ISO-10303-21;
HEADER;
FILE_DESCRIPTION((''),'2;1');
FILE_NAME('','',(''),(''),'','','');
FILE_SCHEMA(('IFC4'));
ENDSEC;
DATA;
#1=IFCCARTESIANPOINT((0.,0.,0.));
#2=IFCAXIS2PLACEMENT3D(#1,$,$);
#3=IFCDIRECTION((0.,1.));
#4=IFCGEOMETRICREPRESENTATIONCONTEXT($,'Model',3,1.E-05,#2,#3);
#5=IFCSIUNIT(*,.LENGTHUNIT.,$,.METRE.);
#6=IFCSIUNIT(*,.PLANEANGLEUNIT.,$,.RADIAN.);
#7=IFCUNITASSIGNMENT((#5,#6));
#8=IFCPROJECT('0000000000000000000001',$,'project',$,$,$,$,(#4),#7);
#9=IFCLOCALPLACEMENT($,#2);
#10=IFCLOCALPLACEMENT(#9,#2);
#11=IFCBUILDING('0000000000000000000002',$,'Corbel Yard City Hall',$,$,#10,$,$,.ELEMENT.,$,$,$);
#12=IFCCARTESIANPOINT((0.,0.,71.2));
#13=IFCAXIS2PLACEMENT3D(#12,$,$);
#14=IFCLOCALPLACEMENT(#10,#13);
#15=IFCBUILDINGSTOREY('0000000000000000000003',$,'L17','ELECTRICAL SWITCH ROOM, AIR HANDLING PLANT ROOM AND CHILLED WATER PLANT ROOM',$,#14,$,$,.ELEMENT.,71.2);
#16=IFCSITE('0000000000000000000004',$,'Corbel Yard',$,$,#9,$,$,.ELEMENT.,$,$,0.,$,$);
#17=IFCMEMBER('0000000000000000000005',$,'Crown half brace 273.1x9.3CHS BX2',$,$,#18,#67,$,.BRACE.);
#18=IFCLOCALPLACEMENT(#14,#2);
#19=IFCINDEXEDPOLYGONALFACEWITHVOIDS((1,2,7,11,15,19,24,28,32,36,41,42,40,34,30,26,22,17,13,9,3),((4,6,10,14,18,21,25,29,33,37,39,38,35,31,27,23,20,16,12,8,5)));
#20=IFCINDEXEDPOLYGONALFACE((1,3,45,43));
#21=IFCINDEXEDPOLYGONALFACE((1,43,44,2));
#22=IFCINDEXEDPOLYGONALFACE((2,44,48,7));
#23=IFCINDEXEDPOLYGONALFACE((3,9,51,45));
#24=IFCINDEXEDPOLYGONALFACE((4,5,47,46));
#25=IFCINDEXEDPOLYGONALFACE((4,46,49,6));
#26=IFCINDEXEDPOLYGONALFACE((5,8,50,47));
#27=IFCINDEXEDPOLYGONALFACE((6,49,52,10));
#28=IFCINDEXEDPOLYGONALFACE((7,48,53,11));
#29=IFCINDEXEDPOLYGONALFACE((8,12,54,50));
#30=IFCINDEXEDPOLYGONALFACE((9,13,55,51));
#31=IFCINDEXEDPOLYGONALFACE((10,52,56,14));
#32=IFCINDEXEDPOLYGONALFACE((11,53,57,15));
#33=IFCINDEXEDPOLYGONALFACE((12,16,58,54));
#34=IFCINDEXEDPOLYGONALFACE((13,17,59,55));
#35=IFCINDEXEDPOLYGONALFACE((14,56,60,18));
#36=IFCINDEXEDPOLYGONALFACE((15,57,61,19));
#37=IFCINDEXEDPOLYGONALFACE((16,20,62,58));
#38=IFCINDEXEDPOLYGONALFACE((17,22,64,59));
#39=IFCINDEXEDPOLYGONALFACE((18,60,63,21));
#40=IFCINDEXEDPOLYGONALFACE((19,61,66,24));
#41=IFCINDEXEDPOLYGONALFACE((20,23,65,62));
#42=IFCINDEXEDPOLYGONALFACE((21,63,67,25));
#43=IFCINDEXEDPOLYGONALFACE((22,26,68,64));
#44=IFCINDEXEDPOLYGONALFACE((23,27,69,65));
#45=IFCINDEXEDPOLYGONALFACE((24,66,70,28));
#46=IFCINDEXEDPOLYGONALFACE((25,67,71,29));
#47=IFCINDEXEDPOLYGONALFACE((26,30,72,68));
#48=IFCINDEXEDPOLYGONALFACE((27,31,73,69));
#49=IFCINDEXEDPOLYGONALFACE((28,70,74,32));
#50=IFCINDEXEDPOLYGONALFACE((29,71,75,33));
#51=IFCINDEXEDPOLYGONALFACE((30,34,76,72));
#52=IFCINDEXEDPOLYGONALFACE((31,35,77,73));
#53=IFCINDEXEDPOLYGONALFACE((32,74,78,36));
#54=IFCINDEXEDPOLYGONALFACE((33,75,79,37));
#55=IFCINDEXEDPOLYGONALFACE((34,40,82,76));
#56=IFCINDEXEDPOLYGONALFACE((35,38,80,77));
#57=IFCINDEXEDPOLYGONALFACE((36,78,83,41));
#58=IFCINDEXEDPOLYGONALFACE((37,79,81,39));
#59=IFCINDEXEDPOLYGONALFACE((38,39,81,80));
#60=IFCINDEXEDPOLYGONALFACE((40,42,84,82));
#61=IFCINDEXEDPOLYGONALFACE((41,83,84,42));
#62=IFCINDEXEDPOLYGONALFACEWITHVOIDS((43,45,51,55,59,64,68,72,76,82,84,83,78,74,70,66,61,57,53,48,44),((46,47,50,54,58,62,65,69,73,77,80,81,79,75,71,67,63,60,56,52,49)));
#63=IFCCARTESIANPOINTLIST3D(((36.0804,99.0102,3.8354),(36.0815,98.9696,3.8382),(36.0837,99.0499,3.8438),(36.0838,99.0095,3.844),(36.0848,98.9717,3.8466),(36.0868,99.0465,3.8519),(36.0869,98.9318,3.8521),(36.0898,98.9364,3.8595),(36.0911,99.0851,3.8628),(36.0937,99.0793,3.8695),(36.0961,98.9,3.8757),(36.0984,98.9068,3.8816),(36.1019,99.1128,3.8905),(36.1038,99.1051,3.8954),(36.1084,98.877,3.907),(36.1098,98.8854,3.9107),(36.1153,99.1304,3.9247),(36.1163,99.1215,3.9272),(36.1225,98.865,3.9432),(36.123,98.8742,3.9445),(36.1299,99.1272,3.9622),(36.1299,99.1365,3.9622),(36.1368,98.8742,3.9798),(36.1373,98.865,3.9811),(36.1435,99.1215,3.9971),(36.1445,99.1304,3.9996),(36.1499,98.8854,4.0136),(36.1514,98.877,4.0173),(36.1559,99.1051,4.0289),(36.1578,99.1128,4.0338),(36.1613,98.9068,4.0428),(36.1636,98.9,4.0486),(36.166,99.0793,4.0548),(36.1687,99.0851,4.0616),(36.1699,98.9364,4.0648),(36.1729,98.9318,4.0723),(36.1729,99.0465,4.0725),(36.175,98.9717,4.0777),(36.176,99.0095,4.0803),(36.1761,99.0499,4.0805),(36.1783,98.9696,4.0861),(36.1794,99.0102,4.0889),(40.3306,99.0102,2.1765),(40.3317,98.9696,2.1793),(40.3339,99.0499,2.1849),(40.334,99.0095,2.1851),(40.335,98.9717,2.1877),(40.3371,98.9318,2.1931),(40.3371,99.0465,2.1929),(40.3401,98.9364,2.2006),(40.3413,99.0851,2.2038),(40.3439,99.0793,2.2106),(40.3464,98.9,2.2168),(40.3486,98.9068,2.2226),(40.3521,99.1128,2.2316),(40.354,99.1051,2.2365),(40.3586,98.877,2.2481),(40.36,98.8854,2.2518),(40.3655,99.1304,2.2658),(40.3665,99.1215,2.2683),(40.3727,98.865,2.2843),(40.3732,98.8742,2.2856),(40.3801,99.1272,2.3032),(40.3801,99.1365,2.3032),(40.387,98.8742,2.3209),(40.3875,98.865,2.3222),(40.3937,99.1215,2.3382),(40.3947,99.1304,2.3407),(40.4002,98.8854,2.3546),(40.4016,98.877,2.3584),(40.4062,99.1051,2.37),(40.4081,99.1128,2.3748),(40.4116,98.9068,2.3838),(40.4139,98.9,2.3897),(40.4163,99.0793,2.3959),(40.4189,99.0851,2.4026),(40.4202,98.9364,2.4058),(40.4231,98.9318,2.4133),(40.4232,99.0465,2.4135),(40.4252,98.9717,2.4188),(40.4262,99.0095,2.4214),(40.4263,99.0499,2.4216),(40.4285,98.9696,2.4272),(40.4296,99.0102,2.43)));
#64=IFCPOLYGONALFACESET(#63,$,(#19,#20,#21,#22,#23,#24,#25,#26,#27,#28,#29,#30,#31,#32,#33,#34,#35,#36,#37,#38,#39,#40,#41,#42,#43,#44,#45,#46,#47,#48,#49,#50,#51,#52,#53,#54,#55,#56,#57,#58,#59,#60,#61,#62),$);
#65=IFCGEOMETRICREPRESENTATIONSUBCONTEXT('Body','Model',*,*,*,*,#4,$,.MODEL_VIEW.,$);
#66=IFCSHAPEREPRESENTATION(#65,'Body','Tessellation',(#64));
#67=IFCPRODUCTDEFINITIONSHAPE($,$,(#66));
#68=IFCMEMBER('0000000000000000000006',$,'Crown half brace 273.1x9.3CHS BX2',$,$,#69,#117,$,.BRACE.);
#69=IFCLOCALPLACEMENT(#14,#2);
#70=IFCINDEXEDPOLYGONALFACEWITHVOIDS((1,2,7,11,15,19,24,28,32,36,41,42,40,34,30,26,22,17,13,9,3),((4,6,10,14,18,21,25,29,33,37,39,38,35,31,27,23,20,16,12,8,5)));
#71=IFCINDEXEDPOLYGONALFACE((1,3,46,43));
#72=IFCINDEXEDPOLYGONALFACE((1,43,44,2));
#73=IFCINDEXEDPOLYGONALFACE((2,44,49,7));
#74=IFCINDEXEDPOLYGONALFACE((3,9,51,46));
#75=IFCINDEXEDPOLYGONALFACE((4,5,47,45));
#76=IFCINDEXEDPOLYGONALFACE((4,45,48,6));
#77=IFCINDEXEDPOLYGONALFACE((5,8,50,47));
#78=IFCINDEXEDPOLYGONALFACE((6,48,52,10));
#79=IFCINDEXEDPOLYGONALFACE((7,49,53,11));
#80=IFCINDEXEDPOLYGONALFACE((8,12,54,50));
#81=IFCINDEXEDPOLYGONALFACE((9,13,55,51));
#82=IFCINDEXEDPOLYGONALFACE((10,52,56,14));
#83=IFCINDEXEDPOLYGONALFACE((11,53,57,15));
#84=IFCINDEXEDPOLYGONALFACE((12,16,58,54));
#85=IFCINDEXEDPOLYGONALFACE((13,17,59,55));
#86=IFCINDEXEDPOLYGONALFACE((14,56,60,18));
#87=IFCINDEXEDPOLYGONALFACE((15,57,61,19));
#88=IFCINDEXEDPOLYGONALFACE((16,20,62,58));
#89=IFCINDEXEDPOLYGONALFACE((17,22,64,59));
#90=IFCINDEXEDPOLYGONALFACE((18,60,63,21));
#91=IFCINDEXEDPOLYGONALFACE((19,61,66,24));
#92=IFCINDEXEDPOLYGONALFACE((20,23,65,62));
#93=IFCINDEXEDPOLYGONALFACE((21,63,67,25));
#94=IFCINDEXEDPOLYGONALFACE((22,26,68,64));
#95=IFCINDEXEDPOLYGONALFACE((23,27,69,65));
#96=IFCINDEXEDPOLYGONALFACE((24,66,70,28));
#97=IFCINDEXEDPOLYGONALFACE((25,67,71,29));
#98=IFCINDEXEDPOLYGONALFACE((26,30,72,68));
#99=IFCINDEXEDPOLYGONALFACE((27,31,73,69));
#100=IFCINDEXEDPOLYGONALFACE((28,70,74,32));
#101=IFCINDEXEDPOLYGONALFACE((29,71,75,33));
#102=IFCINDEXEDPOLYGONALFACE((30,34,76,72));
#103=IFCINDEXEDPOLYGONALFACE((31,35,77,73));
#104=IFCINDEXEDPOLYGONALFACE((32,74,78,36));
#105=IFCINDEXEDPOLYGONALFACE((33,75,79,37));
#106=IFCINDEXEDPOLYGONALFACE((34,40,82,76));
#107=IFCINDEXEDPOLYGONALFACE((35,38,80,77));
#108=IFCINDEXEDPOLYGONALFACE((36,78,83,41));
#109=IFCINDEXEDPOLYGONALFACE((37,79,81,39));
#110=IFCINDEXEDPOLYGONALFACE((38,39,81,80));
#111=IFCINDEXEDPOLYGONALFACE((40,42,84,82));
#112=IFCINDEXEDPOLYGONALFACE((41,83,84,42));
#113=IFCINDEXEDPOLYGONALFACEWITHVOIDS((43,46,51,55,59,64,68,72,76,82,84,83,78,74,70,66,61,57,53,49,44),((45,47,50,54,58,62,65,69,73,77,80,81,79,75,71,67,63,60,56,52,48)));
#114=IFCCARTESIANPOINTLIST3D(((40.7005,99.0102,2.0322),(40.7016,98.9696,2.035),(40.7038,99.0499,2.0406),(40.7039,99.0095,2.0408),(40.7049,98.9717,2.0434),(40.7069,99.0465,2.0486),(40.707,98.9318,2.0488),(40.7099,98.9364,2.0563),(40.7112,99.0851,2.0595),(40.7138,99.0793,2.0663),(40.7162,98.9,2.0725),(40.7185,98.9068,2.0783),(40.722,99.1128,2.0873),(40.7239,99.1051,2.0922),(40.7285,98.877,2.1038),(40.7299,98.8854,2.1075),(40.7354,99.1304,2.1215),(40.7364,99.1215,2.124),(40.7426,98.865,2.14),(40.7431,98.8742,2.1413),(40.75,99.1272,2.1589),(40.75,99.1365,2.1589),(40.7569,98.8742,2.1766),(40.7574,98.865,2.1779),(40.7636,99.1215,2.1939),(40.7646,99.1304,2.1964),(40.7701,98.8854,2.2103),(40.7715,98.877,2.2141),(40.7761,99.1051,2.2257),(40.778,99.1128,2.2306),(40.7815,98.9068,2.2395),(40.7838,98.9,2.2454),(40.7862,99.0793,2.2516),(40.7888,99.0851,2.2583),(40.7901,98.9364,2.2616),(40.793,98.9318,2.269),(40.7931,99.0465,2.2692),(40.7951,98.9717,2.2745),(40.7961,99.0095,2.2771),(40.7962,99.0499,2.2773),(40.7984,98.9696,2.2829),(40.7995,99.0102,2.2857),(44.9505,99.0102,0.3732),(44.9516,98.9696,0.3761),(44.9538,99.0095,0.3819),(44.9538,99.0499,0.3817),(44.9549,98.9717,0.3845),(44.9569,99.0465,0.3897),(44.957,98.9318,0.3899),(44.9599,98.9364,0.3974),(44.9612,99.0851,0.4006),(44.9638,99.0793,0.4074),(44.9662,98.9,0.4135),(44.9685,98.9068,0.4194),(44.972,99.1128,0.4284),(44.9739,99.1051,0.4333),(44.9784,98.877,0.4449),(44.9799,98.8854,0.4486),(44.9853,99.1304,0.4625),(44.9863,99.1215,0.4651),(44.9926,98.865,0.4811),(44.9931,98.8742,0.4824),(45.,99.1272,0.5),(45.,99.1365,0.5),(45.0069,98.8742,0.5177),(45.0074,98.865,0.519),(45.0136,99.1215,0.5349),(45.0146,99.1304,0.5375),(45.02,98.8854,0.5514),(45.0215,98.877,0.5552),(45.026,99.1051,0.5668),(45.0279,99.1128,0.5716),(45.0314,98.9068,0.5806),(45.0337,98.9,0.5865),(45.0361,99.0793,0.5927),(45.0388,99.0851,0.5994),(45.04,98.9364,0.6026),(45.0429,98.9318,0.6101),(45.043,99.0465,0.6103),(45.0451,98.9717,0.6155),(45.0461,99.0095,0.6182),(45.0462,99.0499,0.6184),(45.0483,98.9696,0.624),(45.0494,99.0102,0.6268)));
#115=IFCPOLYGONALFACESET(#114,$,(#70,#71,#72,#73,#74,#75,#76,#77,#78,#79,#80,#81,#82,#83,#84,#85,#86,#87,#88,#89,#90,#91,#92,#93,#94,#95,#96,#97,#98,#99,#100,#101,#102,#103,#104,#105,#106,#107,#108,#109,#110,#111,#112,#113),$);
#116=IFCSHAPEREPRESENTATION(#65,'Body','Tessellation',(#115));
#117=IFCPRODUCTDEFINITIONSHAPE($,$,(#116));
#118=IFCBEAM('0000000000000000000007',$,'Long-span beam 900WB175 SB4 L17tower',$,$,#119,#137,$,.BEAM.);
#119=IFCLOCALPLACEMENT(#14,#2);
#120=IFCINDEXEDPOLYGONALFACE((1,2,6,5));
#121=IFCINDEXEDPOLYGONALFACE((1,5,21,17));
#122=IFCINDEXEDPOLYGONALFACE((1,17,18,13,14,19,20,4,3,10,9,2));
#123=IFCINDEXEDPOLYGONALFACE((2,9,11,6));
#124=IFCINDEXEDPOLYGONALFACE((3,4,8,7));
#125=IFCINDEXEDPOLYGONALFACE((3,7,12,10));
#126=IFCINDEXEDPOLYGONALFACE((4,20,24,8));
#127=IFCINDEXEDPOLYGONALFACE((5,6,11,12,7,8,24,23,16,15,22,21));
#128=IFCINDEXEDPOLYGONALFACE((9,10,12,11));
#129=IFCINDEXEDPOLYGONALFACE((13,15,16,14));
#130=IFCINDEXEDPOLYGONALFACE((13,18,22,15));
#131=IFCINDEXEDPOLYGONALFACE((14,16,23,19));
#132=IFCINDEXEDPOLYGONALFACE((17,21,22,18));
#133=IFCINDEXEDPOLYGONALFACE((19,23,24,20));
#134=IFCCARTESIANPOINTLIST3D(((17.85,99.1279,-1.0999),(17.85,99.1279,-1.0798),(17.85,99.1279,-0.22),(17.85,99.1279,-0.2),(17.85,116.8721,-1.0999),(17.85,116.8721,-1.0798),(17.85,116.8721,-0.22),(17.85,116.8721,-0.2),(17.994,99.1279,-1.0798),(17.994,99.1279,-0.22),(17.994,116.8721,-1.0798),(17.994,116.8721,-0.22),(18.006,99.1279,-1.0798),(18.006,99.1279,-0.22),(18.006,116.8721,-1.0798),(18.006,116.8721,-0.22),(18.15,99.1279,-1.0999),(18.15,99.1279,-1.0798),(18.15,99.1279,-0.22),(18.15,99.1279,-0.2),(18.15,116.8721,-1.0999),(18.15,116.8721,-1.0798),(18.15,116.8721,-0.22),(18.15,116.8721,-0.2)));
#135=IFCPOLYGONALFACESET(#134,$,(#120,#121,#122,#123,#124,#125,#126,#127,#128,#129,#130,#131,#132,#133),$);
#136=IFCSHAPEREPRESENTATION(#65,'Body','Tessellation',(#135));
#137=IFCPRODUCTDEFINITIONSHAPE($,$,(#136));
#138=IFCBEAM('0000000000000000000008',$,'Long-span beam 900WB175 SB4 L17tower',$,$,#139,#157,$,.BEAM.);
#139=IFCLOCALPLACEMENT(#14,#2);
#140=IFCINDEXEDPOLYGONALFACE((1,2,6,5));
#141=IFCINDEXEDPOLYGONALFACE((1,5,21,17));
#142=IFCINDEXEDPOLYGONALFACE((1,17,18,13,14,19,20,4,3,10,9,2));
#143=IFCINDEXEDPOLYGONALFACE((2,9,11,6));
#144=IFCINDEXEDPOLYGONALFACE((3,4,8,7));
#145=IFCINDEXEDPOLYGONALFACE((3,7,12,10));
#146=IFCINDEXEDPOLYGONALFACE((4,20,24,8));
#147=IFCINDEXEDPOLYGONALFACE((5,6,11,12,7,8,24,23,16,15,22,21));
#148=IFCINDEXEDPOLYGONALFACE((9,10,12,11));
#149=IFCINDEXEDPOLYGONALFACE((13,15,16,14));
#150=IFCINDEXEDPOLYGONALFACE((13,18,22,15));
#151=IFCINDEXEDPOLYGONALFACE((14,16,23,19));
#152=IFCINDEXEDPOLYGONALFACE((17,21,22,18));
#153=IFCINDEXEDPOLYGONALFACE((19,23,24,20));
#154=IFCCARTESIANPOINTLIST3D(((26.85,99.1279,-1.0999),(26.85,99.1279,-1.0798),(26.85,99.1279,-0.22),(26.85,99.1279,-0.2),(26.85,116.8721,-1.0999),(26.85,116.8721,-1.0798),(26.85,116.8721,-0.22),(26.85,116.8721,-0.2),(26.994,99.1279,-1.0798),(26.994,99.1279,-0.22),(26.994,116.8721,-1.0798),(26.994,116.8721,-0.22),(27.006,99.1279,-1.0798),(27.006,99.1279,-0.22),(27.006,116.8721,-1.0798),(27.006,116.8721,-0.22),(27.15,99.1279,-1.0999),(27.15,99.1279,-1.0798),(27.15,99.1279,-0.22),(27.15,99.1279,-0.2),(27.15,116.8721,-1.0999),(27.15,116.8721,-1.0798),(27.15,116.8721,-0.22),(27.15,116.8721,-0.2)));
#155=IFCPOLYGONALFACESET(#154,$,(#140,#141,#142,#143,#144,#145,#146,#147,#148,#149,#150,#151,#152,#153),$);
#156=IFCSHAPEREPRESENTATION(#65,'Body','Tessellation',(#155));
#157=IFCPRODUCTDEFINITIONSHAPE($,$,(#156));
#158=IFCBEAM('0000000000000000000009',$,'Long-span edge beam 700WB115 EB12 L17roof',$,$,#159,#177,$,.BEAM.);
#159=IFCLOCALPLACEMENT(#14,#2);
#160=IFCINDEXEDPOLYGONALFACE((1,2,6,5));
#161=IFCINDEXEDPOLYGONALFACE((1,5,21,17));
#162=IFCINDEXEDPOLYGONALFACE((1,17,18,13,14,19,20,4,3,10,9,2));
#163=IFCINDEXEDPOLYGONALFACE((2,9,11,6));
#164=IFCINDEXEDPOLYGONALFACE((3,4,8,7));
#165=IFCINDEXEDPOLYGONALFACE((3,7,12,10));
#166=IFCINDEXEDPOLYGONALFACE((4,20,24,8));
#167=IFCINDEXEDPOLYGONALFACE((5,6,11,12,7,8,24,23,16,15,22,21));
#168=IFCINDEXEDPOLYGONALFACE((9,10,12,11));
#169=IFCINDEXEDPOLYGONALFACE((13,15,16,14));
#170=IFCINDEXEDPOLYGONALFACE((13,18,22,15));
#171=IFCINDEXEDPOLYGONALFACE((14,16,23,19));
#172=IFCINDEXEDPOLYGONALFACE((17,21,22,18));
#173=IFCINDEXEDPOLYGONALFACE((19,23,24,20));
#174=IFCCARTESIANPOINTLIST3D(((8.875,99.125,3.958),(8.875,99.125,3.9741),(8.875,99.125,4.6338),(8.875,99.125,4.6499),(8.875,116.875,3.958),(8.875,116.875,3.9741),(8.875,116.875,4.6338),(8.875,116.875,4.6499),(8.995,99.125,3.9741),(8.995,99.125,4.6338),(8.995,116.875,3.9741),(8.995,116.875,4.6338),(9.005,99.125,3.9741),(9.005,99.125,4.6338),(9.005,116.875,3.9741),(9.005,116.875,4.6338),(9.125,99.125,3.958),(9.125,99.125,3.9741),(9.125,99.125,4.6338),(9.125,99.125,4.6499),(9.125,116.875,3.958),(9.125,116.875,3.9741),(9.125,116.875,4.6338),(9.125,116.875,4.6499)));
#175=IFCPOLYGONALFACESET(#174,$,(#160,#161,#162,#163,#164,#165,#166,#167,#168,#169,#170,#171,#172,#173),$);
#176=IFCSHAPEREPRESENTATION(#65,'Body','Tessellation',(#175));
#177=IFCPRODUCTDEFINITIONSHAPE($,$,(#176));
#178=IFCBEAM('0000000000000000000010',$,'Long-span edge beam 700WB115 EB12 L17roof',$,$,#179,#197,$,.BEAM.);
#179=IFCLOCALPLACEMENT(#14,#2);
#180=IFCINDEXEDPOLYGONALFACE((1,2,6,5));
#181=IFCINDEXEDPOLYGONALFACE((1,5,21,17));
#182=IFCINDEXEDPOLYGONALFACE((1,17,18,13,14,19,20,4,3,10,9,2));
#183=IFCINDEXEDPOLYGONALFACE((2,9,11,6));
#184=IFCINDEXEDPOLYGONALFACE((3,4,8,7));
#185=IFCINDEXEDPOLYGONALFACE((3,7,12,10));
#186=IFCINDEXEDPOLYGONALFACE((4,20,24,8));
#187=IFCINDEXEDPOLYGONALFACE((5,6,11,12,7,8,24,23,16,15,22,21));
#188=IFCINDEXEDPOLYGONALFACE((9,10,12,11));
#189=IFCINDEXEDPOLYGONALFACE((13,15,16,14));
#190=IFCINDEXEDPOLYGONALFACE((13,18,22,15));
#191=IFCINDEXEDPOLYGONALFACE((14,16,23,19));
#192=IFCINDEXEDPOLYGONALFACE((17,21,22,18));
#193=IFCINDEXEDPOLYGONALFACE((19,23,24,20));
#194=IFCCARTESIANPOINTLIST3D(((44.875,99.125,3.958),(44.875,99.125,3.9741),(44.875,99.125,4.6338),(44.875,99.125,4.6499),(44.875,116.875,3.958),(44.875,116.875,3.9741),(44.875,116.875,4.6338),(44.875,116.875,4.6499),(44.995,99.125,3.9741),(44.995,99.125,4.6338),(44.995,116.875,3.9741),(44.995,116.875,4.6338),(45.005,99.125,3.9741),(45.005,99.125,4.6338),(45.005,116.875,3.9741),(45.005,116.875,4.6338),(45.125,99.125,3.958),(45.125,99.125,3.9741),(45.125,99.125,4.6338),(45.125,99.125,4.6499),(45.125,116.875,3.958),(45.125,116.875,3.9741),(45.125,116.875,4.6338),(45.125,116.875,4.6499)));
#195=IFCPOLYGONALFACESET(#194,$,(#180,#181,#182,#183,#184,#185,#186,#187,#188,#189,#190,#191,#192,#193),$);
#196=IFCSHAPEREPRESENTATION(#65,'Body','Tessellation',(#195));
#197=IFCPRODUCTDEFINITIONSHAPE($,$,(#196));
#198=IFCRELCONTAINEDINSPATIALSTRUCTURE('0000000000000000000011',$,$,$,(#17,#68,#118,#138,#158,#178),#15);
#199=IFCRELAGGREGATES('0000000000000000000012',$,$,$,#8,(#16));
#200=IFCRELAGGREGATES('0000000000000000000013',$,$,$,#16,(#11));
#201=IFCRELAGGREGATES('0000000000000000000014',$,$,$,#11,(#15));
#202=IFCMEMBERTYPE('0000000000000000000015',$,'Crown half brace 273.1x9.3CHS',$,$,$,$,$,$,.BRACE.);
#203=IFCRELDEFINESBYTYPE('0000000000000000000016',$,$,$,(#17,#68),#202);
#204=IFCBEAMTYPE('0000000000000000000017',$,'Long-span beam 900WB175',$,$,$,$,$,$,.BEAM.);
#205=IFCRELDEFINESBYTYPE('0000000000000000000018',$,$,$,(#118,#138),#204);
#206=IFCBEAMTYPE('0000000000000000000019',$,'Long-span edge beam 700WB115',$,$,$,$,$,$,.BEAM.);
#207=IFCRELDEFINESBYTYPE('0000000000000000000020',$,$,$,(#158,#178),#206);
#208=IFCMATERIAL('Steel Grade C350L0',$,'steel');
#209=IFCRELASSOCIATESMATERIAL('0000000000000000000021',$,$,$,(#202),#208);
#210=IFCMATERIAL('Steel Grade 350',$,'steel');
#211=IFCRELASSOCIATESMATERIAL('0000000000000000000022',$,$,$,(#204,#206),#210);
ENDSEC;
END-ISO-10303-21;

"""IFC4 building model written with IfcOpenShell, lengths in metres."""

from ifc_helpers import new_model, si_unit, direction, frame, origin, origin_2d, place, context, subcontext, project, spatial, hollow_circle, i_section, extrude, material, material_profile, profile_set, type_object, element, save


model = new_model("IFC4")

# Units and contexts
model_context = context("Model", 3, precision=1e-05, world=origin(), true_north=direction((0.0, 1.0)))
body_context = subcontext(model_context, "Body", "Model", "MODEL_VIEW")
ifc_project = project(units=[si_unit("LENGTHUNIT", "METRE"), si_unit("PLANEANGLEUNIT", "RADIAN")], contexts=[model_context])

# Site, building, storey
site_placement = place(None, origin())
site = spatial("IfcSite", under=ifc_project, at=site_placement, Name="Corbel Yard", CompositionType="ELEMENT", RefElevation=0.0)
building_placement = place(site_placement, origin())
building = spatial("IfcBuilding", under=site, at=building_placement, Name="Corbel Yard City Hall", CompositionType="ELEMENT")
storey_placement = place(building_placement, frame((0.0, 0.0, 71.2)))
storey = spatial("IfcBuildingStorey", under=building, at=storey_placement, Name="L17", Description="ELECTRICAL SWITCH ROOM, AIR HANDLING PLANT ROOM AND CHILLED WATER PLANT ROOM", CompositionType="ELEMENT", Elevation=71.2)

# Members
ifc_material_1 = material(Name="Steel Grade C350L0", Category="steel")
ifc_material_profile_1 = material_profile(ifc_material_1, hollow_circle(Radius=0.1365, WallThickness=0.0093, at=origin_2d()), Name="273.1x9.3CHS")
ifc_profile_set_1 = profile_set([ifc_material_profile_1], Name="Steel Grade C350L0")
member_type_1 = type_object("IfcMemberType", Name="Crown half brace 273.1x9.3CHS", PredefinedType="BRACE", material=ifc_profile_set_1)
member_1_placement = place(storey_placement, frame((36.1299, 99.0, 3.9622), z_axis=(0.931555, 0.0, -0.3636), x_axis=(0.0, 1.0, 0.0)))
element("IfcMember", 1, at=member_1_placement, inside=storey, type_object=member_type_1, Name="Crown half brace 273.1x9.3CHS BX2", PredefinedType="BRACE", context=body_context, shape_type="SweptSolid", body=[
    extrude(hollow_circle(Radius=0.1365, WallThickness=0.0093, at=origin_2d()), origin(), (0.0, 0.0, 1.0), 4.5625),
])
member_2_placement = place(storey_placement, frame((40.75, 99.0, 2.1589), z_axis=(0.931548, 0.0, -0.363618), x_axis=(0.0, 1.0, 0.0)))
element("IfcMember", 2, at=member_2_placement, inside=storey, type_object=member_type_1, Name="Crown half brace 273.1x9.3CHS BX2", PredefinedType="BRACE", context=body_context, shape_type="SweptSolid", body=[
    extrude(hollow_circle(Radius=0.1365, WallThickness=0.0093, at=origin_2d()), origin(), (0.0, 0.0, 1.0), 4.5623),
])

# Beams
ifc_material_2 = material(Name="Steel Grade 350", Category="steel")
ifc_material_profile_2 = material_profile(ifc_material_2, i_section(OverallWidth=0.3, OverallDepth=0.8999, WebThickness=0.012, FlangeThickness=0.02, at=origin_2d()), Name="900WB175")
ifc_profile_set_2 = profile_set([ifc_material_profile_2], Name="Steel Grade 350")
beam_type_1 = type_object("IfcBeamType", Name="Long-span beam 900WB175", PredefinedType="BEAM", material=ifc_profile_set_2)
for number, where, z_axis, x_axis, name in (
    (3, (18.0, 99.1279, -0.6499), (0.0, 1.0, 0.0), (-1.0, 0.0, 0.0), "Long-span beam 900WB175 SB4 L17tower"),
    (4, (27.0, 99.1279, -0.6499), (0.0, 1.0, 0.0), (-1.0, 0.0, 0.0), "Long-span beam 900WB175 SB4 L17tower"),
):
    element("IfcBeam", number, at=place(storey_placement, frame(where, z_axis=z_axis, x_axis=x_axis)), inside=storey, type_object=beam_type_1, Name=name, PredefinedType="BEAM", context=body_context, shape_type="SweptSolid", body=[
        extrude(i_section(OverallWidth=0.3, OverallDepth=0.8999, WebThickness=0.012, FlangeThickness=0.02, at=origin_2d()), origin(), (0.0, 0.0, 1.0), 17.7441),
    ])
ifc_material_profile_3 = material_profile(ifc_material_2, i_section(OverallWidth=0.25, OverallDepth=0.6919, WebThickness=0.01, FlangeThickness=0.0161, at=origin_2d()), Name="700WB115")
ifc_profile_set_3 = profile_set([ifc_material_profile_3], Name="Steel Grade 350")
beam_type_2 = type_object("IfcBeamType", Name="Long-span edge beam 700WB115", PredefinedType="BEAM", material=ifc_profile_set_3)
for number, where, z_axis, x_axis, name in (
    (5, (9.0, 99.125, 4.304), (0.0, 1.0, 0.0), (-1.0, 0.0, 0.0), "Long-span edge beam 700WB115 EB12 L17roof"),
    (6, (45.0, 99.125, 4.304), (0.0, 1.0, 0.0), (-1.0, 0.0, 0.0), "Long-span edge beam 700WB115 EB12 L17roof"),
):
    element("IfcBeam", number, at=place(storey_placement, frame(where, z_axis=z_axis, x_axis=x_axis)), inside=storey, type_object=beam_type_2, Name=name, PredefinedType="BEAM", context=body_context, shape_type="SweptSolid", body=[
        extrude(i_section(OverallWidth=0.25, OverallDepth=0.6919, WebThickness=0.01, FlangeThickness=0.0161, at=origin_2d()), origin(), (0.0, 0.0, 1.0), 17.75),
    ])

save(model, "model.ifc")
